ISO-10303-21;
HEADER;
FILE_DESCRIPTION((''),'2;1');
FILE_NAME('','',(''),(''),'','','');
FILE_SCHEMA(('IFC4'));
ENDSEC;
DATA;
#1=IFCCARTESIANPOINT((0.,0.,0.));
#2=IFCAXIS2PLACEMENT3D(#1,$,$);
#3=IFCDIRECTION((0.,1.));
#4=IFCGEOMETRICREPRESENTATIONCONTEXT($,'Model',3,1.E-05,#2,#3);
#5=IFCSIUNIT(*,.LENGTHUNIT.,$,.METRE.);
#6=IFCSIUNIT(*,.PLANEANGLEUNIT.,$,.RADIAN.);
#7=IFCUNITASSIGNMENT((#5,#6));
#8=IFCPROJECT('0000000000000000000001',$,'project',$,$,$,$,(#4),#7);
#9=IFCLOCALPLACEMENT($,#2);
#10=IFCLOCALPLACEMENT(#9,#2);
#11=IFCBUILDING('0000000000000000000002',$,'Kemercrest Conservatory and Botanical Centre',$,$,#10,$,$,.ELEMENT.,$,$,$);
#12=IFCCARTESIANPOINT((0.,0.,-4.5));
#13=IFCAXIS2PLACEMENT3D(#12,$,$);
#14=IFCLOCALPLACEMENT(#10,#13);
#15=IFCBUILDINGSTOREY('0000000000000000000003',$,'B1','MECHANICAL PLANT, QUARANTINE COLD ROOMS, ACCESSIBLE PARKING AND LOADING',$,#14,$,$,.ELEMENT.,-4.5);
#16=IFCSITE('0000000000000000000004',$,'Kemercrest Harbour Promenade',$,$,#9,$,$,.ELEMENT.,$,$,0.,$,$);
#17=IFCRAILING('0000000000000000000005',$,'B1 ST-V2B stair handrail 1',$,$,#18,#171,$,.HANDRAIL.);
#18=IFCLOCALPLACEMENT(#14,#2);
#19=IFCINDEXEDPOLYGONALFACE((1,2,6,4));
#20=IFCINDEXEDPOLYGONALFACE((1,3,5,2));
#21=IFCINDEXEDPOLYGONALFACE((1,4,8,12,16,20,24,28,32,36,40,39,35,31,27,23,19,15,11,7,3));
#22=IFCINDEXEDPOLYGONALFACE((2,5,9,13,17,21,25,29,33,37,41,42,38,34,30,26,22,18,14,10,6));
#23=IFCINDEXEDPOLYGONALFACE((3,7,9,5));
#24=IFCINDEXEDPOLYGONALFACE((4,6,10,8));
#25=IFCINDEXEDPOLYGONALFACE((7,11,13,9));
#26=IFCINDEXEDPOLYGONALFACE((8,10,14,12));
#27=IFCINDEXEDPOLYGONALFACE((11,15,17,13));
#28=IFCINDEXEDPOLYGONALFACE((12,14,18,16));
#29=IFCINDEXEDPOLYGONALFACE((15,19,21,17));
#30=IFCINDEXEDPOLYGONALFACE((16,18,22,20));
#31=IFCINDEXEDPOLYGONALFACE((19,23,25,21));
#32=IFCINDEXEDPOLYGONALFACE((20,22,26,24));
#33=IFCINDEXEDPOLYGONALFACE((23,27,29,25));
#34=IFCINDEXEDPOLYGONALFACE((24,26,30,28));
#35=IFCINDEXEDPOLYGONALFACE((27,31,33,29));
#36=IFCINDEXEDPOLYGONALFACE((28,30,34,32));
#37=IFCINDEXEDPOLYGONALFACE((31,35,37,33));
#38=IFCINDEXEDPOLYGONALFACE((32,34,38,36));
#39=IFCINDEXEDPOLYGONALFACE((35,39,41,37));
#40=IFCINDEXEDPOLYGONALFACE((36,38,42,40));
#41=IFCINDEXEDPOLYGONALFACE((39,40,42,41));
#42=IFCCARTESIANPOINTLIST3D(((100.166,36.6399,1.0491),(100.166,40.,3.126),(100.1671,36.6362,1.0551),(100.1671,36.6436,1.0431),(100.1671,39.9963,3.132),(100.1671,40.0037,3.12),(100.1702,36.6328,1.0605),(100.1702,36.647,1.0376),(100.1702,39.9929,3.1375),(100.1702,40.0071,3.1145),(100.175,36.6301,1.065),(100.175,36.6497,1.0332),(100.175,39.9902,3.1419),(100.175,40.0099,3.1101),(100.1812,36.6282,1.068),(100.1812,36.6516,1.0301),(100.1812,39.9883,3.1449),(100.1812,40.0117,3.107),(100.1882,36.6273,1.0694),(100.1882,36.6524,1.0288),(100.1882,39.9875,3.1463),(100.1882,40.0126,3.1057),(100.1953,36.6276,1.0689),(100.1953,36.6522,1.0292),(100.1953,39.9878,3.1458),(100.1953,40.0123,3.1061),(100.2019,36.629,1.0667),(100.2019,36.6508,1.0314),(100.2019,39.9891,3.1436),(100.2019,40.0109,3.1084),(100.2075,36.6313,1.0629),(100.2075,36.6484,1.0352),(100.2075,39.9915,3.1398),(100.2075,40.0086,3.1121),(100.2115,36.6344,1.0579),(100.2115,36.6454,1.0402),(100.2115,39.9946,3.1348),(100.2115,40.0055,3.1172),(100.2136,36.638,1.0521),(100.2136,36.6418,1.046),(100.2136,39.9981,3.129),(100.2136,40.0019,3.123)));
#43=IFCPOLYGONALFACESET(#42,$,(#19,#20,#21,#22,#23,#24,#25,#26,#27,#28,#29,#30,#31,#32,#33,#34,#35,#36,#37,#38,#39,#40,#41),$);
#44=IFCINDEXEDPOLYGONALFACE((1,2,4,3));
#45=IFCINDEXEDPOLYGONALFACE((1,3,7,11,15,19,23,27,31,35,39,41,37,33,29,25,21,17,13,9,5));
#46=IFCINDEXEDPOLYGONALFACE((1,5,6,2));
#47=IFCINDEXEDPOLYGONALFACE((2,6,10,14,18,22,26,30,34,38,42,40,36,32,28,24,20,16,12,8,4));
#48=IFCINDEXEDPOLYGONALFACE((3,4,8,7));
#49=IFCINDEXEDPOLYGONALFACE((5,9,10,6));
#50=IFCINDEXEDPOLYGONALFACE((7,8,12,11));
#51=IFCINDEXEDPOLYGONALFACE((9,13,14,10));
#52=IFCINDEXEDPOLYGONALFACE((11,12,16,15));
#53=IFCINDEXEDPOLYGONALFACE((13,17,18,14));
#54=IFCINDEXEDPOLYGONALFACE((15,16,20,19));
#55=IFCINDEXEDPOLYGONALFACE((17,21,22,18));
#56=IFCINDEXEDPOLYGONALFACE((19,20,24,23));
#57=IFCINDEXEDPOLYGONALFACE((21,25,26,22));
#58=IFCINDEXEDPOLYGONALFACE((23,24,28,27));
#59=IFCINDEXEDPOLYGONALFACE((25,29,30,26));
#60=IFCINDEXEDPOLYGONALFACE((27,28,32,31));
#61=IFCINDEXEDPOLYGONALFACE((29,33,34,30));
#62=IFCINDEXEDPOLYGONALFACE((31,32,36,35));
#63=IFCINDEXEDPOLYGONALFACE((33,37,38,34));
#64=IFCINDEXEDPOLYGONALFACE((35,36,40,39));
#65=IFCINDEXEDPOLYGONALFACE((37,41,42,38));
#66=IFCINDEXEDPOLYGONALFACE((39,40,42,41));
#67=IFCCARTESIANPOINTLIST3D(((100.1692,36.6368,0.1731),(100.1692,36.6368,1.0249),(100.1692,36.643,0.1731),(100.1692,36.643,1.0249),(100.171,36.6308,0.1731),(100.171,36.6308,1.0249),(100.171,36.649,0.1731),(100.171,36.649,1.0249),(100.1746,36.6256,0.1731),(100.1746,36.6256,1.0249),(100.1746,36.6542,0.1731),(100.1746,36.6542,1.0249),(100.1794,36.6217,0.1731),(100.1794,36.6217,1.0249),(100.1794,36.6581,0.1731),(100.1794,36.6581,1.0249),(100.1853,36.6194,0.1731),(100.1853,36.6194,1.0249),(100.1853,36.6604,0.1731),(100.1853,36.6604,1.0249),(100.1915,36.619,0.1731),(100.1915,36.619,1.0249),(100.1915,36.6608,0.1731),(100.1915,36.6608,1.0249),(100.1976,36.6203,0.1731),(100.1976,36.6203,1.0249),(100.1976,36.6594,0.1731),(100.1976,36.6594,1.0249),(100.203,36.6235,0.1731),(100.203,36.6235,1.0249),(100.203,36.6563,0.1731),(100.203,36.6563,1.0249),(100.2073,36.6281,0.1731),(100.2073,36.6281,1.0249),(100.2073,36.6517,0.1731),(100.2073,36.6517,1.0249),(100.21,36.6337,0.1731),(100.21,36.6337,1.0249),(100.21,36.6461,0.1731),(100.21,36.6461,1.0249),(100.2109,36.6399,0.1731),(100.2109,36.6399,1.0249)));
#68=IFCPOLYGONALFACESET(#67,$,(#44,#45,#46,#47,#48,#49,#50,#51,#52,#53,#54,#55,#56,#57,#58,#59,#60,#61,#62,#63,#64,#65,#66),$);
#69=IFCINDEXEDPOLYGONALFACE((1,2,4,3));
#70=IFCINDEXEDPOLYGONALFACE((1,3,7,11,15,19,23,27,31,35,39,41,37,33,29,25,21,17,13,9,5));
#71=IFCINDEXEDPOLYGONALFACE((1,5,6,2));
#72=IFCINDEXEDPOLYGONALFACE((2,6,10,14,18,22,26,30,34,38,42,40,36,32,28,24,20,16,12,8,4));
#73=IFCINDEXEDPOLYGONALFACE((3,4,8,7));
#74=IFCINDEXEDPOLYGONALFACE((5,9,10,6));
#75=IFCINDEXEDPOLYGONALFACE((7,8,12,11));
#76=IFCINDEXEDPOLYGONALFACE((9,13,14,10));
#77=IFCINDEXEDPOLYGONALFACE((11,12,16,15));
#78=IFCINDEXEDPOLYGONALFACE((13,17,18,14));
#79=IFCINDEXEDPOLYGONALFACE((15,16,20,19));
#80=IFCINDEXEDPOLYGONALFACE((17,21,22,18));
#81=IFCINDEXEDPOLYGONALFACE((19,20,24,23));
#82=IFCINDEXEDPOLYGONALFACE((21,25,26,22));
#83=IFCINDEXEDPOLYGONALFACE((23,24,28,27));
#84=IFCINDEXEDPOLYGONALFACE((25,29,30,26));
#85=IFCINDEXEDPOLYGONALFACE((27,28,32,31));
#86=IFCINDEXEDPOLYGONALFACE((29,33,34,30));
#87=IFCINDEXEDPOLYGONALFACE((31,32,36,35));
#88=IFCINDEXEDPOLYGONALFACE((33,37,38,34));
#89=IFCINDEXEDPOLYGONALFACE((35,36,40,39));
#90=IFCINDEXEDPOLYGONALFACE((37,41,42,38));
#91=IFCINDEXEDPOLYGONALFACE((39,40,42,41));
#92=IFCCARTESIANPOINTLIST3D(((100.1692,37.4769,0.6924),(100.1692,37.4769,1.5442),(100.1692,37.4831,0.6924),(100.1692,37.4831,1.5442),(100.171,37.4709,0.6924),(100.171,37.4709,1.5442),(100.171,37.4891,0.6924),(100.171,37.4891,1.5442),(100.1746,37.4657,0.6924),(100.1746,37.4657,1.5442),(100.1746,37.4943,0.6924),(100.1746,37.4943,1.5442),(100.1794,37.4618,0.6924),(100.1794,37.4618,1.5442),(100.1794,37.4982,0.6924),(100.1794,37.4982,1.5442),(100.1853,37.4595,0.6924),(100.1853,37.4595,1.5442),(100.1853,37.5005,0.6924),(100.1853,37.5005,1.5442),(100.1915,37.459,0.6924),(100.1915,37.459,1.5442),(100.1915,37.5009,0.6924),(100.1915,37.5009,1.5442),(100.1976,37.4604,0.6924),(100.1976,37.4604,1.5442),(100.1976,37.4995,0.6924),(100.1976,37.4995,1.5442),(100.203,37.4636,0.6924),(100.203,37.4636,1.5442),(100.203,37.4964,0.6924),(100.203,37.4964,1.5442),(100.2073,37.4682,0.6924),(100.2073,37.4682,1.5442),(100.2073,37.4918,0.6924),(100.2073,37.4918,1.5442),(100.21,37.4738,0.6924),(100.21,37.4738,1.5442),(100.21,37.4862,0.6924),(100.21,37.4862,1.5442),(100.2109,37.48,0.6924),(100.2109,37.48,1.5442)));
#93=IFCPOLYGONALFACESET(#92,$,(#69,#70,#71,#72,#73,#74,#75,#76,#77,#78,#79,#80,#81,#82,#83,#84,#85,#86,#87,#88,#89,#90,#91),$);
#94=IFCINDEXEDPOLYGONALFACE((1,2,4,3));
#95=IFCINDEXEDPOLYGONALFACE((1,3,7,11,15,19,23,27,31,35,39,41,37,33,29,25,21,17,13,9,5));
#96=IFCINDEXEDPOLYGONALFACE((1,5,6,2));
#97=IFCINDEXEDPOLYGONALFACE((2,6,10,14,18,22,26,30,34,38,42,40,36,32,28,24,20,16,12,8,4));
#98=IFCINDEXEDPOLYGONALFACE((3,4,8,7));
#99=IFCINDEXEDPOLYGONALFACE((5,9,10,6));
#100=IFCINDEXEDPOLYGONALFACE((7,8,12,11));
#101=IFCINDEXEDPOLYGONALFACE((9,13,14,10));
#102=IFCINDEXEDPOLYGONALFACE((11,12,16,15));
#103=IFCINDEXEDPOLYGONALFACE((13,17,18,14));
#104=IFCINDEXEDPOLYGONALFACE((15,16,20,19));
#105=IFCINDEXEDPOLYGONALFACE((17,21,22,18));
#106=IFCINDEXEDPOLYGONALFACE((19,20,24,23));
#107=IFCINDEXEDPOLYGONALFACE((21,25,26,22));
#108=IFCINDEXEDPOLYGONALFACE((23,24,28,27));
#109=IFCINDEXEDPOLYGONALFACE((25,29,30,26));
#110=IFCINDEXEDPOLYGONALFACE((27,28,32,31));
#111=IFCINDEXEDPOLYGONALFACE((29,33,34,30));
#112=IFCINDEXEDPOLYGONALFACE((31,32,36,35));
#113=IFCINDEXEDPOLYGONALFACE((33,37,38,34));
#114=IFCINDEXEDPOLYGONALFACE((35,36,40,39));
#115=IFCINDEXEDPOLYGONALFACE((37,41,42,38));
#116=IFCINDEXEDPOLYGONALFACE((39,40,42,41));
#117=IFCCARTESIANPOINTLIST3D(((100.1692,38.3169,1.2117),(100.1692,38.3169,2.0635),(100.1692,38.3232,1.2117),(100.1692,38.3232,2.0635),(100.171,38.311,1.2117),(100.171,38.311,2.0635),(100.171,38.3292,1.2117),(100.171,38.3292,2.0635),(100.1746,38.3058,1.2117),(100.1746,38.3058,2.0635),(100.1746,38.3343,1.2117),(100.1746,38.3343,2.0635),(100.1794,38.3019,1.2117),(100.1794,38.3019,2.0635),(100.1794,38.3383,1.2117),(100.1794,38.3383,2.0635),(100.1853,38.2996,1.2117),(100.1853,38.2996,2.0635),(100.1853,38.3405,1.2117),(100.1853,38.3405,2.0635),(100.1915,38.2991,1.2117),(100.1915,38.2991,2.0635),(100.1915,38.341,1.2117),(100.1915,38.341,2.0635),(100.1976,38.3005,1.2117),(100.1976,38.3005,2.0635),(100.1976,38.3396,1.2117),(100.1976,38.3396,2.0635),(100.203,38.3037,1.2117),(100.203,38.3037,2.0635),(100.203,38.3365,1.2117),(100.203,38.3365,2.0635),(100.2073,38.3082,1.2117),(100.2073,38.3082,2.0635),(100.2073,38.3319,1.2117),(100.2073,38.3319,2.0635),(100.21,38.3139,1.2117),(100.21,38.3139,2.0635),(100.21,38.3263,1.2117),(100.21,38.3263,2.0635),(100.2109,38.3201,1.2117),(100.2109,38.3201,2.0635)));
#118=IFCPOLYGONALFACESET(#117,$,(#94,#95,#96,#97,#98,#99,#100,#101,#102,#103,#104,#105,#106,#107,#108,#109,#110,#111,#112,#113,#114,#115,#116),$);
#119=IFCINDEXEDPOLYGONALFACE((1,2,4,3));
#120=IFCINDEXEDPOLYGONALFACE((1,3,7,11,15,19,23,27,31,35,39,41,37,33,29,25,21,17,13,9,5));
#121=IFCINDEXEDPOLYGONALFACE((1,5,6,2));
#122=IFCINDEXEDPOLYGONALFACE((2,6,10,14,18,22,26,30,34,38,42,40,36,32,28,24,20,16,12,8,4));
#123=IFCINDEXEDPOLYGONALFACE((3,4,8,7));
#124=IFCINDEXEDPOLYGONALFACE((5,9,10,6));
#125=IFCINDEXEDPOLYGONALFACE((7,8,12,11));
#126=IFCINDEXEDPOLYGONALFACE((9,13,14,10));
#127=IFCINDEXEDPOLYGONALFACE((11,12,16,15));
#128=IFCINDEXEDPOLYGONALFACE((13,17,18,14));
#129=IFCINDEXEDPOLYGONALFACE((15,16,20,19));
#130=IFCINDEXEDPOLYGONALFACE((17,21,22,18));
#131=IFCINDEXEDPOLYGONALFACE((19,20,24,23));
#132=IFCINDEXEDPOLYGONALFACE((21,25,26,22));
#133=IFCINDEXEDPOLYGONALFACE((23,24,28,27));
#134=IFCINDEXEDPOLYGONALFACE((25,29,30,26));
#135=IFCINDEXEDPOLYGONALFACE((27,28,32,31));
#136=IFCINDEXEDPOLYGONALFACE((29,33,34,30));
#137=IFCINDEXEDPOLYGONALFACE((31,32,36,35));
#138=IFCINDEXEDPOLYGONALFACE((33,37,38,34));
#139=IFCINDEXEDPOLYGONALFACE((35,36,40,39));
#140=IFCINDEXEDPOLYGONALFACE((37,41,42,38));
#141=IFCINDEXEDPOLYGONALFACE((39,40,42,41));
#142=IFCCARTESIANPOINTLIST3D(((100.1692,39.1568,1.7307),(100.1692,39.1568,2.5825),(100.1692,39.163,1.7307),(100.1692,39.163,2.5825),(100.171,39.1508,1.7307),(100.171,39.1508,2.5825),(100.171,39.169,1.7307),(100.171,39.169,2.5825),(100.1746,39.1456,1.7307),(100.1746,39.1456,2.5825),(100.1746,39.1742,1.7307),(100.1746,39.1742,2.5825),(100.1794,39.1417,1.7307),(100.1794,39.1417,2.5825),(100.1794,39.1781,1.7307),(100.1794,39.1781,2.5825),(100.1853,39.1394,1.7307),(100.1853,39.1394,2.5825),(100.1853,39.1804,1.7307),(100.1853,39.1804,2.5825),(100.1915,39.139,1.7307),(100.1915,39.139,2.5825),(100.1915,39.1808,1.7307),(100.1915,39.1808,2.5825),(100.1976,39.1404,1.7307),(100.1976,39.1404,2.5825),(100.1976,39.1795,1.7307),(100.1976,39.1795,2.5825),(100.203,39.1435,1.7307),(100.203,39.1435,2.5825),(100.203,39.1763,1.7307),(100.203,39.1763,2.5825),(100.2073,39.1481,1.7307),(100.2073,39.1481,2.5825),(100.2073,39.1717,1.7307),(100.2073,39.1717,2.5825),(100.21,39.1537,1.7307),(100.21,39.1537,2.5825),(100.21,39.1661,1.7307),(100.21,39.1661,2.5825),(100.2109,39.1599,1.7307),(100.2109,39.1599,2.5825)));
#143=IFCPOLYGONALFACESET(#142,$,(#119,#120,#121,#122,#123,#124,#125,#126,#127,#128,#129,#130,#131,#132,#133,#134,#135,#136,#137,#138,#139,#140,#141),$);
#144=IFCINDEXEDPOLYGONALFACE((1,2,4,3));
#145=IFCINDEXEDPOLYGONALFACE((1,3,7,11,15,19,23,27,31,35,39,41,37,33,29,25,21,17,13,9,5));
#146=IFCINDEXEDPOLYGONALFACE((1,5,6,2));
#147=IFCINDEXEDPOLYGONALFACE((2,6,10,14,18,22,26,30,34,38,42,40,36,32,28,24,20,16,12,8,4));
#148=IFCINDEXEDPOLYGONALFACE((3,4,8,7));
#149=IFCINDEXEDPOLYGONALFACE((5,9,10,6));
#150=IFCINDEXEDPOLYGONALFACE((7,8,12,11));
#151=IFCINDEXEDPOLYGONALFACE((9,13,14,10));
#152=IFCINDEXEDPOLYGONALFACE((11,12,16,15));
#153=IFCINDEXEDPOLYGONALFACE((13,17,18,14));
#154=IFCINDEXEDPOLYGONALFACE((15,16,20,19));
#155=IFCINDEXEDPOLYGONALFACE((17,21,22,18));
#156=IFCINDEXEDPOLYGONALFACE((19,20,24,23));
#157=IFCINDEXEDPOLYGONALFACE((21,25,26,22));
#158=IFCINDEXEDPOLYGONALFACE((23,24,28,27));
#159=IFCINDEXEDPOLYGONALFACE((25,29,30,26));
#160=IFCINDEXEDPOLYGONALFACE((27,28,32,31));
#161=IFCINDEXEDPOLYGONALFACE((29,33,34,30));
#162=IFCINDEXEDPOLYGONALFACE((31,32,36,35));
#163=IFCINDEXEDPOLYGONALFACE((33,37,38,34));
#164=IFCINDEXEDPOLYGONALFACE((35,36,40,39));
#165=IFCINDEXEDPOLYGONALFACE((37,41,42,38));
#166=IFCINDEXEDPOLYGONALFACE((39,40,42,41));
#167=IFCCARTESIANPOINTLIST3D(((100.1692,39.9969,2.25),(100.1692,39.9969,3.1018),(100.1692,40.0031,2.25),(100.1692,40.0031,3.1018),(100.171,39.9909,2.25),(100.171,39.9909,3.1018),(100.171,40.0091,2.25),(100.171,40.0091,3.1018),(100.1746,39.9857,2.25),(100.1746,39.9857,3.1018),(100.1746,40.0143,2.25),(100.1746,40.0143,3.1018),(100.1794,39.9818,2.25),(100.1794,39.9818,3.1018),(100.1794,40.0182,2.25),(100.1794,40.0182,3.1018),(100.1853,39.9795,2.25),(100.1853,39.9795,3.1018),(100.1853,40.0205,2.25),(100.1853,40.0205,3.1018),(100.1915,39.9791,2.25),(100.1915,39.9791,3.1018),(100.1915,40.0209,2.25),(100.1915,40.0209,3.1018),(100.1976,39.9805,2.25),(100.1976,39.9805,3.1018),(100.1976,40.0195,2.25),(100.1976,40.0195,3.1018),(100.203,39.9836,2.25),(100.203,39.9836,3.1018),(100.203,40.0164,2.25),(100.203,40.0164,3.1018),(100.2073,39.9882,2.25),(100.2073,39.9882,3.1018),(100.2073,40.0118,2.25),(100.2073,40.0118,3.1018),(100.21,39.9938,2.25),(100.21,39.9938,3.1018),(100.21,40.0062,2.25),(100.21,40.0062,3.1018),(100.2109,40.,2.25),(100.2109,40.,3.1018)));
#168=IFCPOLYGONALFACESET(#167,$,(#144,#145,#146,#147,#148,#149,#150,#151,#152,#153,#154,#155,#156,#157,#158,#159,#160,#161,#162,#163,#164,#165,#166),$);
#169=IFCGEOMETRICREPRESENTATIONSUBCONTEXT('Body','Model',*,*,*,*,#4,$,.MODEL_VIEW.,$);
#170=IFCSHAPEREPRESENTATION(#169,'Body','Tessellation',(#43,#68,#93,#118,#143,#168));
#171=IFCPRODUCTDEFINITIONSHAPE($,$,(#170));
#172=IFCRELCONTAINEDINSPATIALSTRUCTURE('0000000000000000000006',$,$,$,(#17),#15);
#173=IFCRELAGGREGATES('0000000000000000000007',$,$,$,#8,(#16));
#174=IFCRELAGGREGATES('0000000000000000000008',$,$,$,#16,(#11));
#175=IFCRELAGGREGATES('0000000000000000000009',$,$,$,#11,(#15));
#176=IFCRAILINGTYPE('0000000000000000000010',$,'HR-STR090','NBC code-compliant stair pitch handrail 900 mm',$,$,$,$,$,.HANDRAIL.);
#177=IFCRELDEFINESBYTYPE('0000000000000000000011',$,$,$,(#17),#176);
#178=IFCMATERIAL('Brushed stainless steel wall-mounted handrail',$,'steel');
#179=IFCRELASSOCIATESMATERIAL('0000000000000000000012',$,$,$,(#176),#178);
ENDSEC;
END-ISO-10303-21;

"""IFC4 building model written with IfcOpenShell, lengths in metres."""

from ifc_helpers import new_model, si_unit, direction, frame, origin, origin_2d, place, context, subcontext, project, spatial, circle, extrude, material, type_object, element, save


model = new_model("IFC4")

# Units and contexts
model_context = context("Model", 3, precision=1e-05, world=origin(), true_north=direction((0.0, 1.0)))
body_context = subcontext(model_context, "Body", "Model", "MODEL_VIEW")
ifc_project = project(units=[si_unit("LENGTHUNIT", "METRE"), si_unit("PLANEANGLEUNIT", "RADIAN")], contexts=[model_context])

# Site, building, storey
site_placement = place(None, origin())
site = spatial("IfcSite", under=ifc_project, at=site_placement, Name="Kemercrest Harbour Promenade", CompositionType="ELEMENT", RefElevation=0.0)
building_placement = place(site_placement, origin())
building = spatial("IfcBuilding", under=site, at=building_placement, Name="Kemercrest Conservatory and Botanical Centre", CompositionType="ELEMENT")
storey_placement = place(building_placement, frame((0.0, 0.0, -4.5)))
storey = spatial("IfcBuildingStorey", under=building, at=storey_placement, Name="B1", Description="MECHANICAL PLANT, QUARANTINE COLD ROOMS, ACCESSIBLE PARKING AND LOADING", CompositionType="ELEMENT", Elevation=-4.5)

# Railing
ifc_material_1 = material(Name="Brushed stainless steel wall-mounted handrail", Category="steel")
railing_type_1 = type_object("IfcRailingType", Name="HR-STR090", Description="NBC code-compliant stair pitch handrail 900 mm", PredefinedType="HANDRAIL", material=ifc_material_1)
railing_1_placement = place(storey_placement, frame((100.1899, 36.6399, 0.1731)))
element("IfcRailing", 1, at=railing_1_placement, inside=storey, type_object=railing_type_1, Name="B1 ST-V2B stair handrail 1", PredefinedType="HANDRAIL", context=body_context, shape_type="SweptSolid", body=[
    extrude(circle(Radius=0.0239, at=origin_2d()), frame((0.0, 0.0, 0.876), z_axis=(0.0, 0.850623, 0.525776), x_axis=(-1.0, 0.0, 0.0)), (0.0, 0.0, 1.0), 3.9502),
    extrude(circle(Radius=0.021, at=origin_2d()), origin(), (0.0, 0.0, 1.0), 0.8518),
    extrude(circle(Radius=0.021, at=origin_2d()), frame((0.0, 0.8401, 0.5193)), (0.0, 0.0, 1.0), 0.8518),
    extrude(circle(Radius=0.021, at=origin_2d()), frame((0.0, 1.6802, 1.0386)), (0.0, 0.0, 1.0), 0.8518),
    extrude(circle(Radius=0.021, at=origin_2d()), frame((0.0, 2.52, 1.5576)), (0.0, 0.0, 1.0), 0.8518),
    extrude(circle(Radius=0.021, at=origin_2d()), frame((0.0, 3.3601, 2.0769)), (0.0, 0.0, 1.0), 0.8518),
])

save(model, "model.ifc")
